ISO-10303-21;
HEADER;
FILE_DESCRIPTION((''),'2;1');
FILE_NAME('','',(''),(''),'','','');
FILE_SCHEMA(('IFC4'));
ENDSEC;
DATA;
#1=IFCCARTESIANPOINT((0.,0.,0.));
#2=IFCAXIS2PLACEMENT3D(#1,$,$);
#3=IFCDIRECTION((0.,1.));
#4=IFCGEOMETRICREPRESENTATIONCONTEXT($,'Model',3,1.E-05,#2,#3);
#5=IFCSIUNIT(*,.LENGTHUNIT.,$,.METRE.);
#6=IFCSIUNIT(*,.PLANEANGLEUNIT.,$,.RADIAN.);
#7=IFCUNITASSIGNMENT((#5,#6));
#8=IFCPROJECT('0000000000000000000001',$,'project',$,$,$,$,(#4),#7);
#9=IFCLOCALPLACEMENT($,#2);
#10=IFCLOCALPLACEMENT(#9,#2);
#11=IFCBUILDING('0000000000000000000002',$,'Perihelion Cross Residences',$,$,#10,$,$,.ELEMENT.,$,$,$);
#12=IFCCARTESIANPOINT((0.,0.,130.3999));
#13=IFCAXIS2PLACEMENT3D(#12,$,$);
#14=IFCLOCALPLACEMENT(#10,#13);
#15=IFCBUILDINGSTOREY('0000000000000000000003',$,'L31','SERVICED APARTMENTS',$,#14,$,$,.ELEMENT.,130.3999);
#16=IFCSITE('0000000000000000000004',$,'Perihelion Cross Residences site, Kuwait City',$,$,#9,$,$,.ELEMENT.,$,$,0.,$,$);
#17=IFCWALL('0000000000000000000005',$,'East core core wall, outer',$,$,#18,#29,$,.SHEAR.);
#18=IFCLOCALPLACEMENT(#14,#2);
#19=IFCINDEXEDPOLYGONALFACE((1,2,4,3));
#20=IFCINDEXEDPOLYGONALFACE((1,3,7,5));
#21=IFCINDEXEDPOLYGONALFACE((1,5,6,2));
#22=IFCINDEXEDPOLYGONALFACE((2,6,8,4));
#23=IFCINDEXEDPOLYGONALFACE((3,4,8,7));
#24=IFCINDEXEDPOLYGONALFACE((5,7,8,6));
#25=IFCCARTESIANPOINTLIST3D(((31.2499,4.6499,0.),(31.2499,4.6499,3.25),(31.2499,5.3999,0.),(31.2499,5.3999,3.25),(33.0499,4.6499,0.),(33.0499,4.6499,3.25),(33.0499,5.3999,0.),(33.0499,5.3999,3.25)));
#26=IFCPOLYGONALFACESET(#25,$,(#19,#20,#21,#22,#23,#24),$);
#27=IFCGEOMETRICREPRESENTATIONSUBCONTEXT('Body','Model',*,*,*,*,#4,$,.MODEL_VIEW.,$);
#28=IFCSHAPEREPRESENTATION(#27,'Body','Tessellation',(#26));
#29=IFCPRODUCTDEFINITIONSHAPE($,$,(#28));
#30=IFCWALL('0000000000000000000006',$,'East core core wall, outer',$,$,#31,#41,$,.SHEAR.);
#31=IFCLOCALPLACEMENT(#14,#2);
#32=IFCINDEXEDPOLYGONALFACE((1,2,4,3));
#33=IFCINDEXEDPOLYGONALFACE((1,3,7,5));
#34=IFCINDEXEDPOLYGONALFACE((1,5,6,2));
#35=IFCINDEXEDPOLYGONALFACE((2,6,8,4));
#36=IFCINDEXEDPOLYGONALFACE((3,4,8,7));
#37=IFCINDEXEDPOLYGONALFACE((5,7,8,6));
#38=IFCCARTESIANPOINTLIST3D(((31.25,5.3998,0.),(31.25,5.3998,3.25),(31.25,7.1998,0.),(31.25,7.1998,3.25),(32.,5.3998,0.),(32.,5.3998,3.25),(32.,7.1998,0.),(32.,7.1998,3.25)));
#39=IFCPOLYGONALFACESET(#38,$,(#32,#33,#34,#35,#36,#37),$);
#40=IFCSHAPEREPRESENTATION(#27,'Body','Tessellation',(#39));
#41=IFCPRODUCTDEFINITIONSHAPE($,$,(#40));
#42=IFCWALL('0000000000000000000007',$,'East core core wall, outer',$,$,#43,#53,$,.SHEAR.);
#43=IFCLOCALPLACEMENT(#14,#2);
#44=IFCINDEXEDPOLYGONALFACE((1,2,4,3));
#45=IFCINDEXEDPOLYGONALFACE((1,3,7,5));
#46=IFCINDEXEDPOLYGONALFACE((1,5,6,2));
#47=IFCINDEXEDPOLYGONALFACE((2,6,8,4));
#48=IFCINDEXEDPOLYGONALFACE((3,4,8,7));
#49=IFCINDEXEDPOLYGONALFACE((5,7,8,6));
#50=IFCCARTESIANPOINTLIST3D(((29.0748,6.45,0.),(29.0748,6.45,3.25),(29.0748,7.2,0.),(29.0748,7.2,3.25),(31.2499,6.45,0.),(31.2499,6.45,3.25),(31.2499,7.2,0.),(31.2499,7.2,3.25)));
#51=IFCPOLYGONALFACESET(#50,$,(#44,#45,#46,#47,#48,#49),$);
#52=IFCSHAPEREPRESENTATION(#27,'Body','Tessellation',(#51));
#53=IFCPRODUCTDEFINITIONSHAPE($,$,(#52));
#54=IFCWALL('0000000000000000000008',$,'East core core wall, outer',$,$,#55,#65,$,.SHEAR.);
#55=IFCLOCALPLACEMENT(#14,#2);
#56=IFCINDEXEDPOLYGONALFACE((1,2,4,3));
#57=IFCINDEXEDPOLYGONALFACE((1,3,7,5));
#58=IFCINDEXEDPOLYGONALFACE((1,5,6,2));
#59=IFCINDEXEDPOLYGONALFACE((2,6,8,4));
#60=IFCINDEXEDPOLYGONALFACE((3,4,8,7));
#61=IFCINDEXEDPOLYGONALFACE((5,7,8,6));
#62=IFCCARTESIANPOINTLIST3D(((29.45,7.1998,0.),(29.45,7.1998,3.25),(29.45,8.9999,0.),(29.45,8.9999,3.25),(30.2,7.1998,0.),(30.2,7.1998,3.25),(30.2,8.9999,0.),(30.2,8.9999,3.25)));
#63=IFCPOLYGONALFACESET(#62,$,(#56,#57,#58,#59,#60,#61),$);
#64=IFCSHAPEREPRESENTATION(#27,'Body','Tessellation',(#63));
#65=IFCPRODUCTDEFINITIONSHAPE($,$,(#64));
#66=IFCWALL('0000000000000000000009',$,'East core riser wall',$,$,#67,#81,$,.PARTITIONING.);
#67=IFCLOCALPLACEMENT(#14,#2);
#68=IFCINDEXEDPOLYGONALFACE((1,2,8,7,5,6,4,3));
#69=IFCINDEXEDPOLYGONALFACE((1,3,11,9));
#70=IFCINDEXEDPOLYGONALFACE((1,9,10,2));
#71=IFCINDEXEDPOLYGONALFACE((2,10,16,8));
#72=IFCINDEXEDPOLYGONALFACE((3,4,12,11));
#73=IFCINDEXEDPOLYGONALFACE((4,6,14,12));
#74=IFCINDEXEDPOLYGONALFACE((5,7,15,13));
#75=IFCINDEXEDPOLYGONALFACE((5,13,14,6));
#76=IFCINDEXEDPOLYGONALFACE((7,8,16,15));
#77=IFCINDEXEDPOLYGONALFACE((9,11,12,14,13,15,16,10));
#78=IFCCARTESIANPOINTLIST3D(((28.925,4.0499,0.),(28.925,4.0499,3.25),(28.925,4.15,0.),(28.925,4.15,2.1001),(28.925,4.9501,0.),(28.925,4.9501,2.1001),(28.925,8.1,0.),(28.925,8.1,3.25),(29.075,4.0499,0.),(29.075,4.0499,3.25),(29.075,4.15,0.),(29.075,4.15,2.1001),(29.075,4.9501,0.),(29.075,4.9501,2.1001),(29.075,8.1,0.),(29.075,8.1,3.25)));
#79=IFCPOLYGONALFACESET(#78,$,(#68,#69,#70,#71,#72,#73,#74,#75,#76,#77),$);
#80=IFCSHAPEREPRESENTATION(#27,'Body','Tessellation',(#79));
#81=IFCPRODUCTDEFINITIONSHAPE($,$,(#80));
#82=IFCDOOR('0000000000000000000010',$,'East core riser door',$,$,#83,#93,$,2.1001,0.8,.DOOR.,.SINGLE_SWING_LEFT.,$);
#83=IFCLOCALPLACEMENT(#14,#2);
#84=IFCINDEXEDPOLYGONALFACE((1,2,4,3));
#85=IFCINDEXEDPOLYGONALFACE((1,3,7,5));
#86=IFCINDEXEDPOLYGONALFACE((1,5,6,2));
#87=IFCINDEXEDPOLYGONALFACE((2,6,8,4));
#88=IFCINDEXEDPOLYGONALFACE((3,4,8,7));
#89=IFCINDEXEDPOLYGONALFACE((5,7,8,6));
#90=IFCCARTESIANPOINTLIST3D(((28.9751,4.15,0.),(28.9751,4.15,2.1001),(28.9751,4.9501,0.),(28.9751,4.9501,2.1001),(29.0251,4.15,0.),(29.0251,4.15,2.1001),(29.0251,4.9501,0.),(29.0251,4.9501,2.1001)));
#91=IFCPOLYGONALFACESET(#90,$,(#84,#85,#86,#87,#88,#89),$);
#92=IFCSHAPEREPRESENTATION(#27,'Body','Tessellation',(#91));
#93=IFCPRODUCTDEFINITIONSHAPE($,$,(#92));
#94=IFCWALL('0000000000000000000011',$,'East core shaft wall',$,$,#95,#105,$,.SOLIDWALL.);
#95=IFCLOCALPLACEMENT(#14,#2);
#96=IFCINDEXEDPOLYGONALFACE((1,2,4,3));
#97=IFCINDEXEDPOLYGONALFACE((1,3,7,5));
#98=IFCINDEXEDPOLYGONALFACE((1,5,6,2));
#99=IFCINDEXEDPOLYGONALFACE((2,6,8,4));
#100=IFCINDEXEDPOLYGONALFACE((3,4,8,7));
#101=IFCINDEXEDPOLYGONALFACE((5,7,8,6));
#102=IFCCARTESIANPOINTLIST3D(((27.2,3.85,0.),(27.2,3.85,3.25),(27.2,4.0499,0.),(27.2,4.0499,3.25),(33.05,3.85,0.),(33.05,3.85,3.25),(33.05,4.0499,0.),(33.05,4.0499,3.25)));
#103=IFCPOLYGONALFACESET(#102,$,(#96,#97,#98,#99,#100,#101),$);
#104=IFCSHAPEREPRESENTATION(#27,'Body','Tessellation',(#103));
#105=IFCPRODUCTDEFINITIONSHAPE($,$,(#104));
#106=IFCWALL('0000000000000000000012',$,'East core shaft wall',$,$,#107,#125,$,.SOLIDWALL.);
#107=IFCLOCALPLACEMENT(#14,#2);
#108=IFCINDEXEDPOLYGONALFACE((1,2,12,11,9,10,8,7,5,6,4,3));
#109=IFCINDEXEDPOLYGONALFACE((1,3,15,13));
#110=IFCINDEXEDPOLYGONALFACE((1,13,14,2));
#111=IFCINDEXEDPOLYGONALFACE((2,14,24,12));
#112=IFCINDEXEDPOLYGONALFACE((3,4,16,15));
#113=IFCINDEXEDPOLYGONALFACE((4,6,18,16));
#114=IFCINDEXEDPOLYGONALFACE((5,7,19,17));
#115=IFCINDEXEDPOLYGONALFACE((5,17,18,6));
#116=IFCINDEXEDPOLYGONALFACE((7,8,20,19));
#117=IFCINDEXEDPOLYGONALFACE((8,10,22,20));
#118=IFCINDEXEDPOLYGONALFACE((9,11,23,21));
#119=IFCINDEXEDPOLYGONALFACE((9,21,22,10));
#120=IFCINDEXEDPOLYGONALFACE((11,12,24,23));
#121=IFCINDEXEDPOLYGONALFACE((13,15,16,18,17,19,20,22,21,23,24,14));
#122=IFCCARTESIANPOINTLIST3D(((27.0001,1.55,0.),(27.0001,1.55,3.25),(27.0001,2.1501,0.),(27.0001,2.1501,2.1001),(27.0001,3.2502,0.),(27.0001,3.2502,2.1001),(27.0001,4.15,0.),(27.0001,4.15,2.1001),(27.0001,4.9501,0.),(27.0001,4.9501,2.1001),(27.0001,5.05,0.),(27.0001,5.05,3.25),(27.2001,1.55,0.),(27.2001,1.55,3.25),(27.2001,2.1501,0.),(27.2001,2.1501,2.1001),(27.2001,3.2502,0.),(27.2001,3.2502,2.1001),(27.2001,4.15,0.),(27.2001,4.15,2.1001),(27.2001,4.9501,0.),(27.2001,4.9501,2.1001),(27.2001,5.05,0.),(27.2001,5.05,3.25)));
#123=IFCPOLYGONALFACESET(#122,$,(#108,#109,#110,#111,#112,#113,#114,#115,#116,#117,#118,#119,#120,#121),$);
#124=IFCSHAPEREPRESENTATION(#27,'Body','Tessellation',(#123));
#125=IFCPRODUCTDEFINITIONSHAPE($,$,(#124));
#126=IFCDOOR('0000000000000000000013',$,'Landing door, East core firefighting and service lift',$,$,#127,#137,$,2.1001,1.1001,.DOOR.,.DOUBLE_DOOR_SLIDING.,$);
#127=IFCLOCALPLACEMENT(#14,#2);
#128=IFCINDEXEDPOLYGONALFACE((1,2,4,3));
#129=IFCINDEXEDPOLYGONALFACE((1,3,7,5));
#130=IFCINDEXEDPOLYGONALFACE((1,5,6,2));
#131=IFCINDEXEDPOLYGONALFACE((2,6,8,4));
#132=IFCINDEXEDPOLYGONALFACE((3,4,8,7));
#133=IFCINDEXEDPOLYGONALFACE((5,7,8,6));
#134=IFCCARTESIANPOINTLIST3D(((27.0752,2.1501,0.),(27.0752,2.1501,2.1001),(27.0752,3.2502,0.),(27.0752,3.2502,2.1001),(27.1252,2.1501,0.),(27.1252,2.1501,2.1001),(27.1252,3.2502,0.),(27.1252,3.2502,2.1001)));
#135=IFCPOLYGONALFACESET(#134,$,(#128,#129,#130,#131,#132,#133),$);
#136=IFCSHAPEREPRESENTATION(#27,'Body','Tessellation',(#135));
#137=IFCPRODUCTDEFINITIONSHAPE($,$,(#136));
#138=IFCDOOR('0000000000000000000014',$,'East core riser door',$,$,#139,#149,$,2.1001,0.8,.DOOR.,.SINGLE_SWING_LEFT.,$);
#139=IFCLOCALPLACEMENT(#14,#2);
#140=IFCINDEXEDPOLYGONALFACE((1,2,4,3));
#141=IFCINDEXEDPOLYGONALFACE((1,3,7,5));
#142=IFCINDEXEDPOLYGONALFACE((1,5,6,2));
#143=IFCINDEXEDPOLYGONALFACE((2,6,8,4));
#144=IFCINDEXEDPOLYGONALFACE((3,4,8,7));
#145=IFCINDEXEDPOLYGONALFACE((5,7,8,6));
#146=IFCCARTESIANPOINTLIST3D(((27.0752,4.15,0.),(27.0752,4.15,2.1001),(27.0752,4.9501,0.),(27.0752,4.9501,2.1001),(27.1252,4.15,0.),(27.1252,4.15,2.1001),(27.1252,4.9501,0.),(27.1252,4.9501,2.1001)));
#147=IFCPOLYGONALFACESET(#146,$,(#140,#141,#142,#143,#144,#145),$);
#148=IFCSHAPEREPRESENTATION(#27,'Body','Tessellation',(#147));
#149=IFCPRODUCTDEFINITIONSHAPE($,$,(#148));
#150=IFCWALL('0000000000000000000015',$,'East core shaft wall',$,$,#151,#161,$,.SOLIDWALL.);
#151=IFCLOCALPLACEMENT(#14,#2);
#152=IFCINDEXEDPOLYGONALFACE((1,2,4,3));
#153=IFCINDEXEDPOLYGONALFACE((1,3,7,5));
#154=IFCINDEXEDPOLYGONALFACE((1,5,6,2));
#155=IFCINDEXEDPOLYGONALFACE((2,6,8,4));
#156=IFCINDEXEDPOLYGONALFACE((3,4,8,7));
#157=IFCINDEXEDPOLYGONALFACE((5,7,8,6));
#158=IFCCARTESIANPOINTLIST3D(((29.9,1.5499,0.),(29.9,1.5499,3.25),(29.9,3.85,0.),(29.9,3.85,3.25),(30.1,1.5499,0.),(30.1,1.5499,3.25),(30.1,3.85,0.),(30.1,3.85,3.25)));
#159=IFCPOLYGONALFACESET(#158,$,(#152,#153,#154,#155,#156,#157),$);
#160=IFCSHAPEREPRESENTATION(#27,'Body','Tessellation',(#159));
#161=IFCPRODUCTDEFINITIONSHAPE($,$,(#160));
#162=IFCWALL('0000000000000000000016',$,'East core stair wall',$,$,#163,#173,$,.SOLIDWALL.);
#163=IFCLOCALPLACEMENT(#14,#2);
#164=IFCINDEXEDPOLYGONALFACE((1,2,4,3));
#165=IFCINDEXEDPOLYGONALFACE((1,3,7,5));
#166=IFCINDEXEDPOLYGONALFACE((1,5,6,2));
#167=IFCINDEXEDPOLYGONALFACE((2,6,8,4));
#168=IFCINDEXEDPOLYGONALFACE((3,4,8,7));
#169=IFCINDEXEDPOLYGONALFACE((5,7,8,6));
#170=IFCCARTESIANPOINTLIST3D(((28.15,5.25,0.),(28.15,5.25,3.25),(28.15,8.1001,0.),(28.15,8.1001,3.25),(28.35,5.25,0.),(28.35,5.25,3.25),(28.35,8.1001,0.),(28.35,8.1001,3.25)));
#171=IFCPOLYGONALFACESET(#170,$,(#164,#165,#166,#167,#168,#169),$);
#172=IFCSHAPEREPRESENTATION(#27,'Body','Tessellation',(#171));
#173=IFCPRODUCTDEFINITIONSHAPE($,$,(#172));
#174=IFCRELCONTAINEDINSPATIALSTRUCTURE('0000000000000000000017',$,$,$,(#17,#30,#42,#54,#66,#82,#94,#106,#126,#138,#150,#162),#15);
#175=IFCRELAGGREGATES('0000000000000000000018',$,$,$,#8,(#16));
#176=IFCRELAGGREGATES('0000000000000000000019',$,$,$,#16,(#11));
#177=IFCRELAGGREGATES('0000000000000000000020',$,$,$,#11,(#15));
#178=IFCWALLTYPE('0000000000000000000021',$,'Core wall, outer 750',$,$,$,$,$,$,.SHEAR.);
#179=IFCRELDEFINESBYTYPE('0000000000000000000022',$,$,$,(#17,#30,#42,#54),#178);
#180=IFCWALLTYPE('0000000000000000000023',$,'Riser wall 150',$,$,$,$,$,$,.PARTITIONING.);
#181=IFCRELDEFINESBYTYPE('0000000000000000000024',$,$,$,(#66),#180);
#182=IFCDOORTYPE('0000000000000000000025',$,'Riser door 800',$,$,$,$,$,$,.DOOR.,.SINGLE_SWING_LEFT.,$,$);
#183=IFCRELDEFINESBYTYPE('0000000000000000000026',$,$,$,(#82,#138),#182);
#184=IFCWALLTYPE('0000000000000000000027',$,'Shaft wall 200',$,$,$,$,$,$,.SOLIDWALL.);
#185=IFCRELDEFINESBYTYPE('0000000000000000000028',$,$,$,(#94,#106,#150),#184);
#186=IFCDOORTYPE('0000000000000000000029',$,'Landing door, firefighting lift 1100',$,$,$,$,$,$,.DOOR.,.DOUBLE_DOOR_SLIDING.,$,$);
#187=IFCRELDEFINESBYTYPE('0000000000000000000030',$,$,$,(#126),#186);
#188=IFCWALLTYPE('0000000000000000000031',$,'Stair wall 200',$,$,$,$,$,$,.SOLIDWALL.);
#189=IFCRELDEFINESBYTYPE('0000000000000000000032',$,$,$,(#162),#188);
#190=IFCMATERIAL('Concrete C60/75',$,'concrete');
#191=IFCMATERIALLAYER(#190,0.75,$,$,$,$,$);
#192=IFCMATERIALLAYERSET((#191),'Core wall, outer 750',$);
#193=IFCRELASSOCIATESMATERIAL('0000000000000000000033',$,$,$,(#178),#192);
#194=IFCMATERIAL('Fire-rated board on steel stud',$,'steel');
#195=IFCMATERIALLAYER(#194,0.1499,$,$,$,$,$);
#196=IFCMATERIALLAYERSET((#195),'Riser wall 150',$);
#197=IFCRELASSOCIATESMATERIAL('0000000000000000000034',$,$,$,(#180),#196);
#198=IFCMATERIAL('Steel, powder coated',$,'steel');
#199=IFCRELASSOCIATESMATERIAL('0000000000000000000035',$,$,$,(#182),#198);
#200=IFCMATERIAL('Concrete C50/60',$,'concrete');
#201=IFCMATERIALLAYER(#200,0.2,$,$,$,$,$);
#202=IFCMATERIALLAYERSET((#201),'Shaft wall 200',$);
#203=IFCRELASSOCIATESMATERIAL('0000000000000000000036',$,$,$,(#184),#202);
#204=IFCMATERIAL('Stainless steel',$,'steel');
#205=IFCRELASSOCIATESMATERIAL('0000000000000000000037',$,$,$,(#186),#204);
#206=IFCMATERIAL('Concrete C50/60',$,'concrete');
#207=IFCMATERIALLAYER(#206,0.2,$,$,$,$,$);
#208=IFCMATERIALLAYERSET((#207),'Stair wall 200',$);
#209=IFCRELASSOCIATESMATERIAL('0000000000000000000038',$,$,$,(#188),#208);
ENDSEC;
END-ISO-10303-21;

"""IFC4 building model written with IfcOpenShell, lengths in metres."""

from ifc_helpers import new_model, si_unit, direction, frame, frame_2d, origin, place, context, subcontext, project, spatial, rectangle, extrude, material, layer, layer_set, type_object, element, fill, save


model = new_model("IFC4")

# Units and contexts
model_context = context("Model", 3, precision=1e-05, world=origin(), true_north=direction((0.0, 1.0)))
body_context = subcontext(model_context, "Body", "Model", "MODEL_VIEW")
ifc_project = project(units=[si_unit("LENGTHUNIT", "METRE"), si_unit("PLANEANGLEUNIT", "RADIAN")], contexts=[model_context])

# Site, building, storey
site_placement = place(None, origin())
site = spatial("IfcSite", under=ifc_project, at=site_placement, Name="Perihelion Cross Residences site, Kuwait City", CompositionType="ELEMENT", RefElevation=0.0)
building_placement = place(site_placement, origin())
building = spatial("IfcBuilding", under=site, at=building_placement, Name="Perihelion Cross Residences", CompositionType="ELEMENT")
storey_placement = place(building_placement, frame((0.0, 0.0, 130.3999)))
storey = spatial("IfcBuildingStorey", under=building, at=storey_placement, Name="L31", Description="SERVICED APARTMENTS", CompositionType="ELEMENT", Elevation=130.3999)

# Walls
ifc_material_1 = material(Name="Concrete C60/75", Category="concrete")
ifc_layer_1 = layer(ifc_material_1, 0.75)
ifc_layer_set_1 = layer_set([ifc_layer_1], Name="Core wall, outer 750")
wall_type_1 = type_object("IfcWallType", Name="Core wall, outer 750", PredefinedType="SHEAR", material=ifc_layer_set_1)
for number, where, z_axis, x_axis, name in (
    (1, (31.25, 5.0249, 0.0), (0.0, 0.0, 1.0), (1.0, 0.0, 0.0), "East core core wall, outer"),
    (2, (31.625, 5.3999, 0.0), (0.0, 0.0, 1.0), (0.0, 1.0, 0.0), "East core core wall, outer"),
):
    element("IfcWall", number, at=place(storey_placement, frame(where, z_axis=z_axis, x_axis=x_axis)), inside=storey, type_object=wall_type_1, Name=name, PredefinedType="SHEAR", context=body_context, shape_type="SweptSolid", body=[
        extrude(rectangle(XDim=1.8, YDim=0.75, at=frame_2d((0.8999, 0.0))), origin(), (0.0, 0.0, 1.0), 3.25),
    ])
wall_1_placement = place(storey_placement, frame((29.075, 6.825, 0.0), z_axis=(0.0, 0.0, 1.0), x_axis=(1.0, 0.0, 0.0)))
element("IfcWall", 3, at=wall_1_placement, inside=storey, type_object=wall_type_1, Name="East core core wall, outer", PredefinedType="SHEAR", context=body_context, shape_type="SweptSolid", body=[
    extrude(rectangle(XDim=2.175, YDim=0.75, at=frame_2d((1.0874, 0.0))), origin(), (0.0, 0.0, 1.0), 3.25),
])
wall_2_placement = place(storey_placement, frame((29.825, 7.2, 0.0), z_axis=(0.0, 0.0, 1.0), x_axis=(0.0, 1.0, 0.0)))
element("IfcWall", 4, at=wall_2_placement, inside=storey, type_object=wall_type_1, Name="East core core wall, outer", PredefinedType="SHEAR", context=body_context, shape_type="SweptSolid", body=[
    extrude(rectangle(XDim=1.8, YDim=0.75, at=frame_2d((0.8999, 0.0))), origin(), (0.0, 0.0, 1.0), 3.25),
])

# Wall, opening, door
ifc_material_2 = material(Name="Fire-rated board on steel stud", Category="steel")
ifc_layer_2 = layer(ifc_material_2, 0.1499)
ifc_layer_set_2 = layer_set([ifc_layer_2], Name="Riser wall 150")
wall_type_2 = type_object("IfcWallType", Name="Riser wall 150", PredefinedType="PARTITIONING", material=ifc_layer_set_2)
wall_3_placement = place(storey_placement, frame((29.0, 4.05, 0.0), z_axis=(0.0, 0.0, 1.0), x_axis=(0.0, 1.0, 0.0)))
wall_3 = element("IfcWall", 5, at=wall_3_placement, inside=storey, type_object=wall_type_2, Name="East core riser wall", PredefinedType="PARTITIONING", context=body_context, shape_type="SweptSolid", body=[
    extrude(rectangle(XDim=4.05, YDim=0.1499, at=frame_2d((2.0249, 0.0))), origin(), (0.0, 0.0, 1.0), 3.25),
])
opening_1_placement = place(wall_3_placement, frame((0.1001, 0.0, 0.0)))
opening_1 = element("IfcOpeningElement", 6, at=opening_1_placement, cuts=wall_3, PredefinedType="OPENING", context=body_context, shape_type="SweptSolid", body=[
    extrude(rectangle(XDim=0.8, YDim=2.1001, at=frame_2d((0.3999, 1.05))), frame((0.0, 0.085, 0.0), z_axis=(0.0, -1.0, 0.0), x_axis=(1.0, 0.0, 0.0)), (0.0, 0.0, 1.0), 0.1699),
])
ifc_material_3 = material(Name="Steel, powder coated", Category="steel")
door_type_1 = type_object("IfcDoorType", Name="Riser door 800", OperationType="SINGLE_SWING_LEFT", PredefinedType="DOOR", material=ifc_material_3)
door_1_placement = place(opening_1_placement, origin())
door_1 = element("IfcDoor", 7, at=door_1_placement, inside=storey, type_object=door_type_1, Name="East core riser door", OperationType="SINGLE_SWING_LEFT", OverallHeight=2.1001, OverallWidth=0.8, PredefinedType="DOOR", context=body_context, shape_type="SweptSolid", body=[
    extrude(rectangle(XDim=0.8, YDim=2.1001, at=frame_2d((0.3999, 1.05))), frame((0.0, 0.0249, 0.0), z_axis=(0.0, -1.0, 0.0), x_axis=(1.0, 0.0, 0.0)), (0.0, 0.0, 1.0), 0.05),
])
fill(opening_1, door_1)

# Wall
ifc_material_4 = material(Name="Concrete C50/60", Category="concrete")
ifc_layer_3 = layer(ifc_material_4, 0.2)
ifc_layer_set_3 = layer_set([ifc_layer_3], Name="Shaft wall 200")
wall_type_3 = type_object("IfcWallType", Name="Shaft wall 200", PredefinedType="SOLIDWALL", material=ifc_layer_set_3)
wall_4_placement = place(storey_placement, frame((27.2, 3.95, 0.0), z_axis=(0.0, 0.0, 1.0), x_axis=(1.0, 0.0, 0.0)))
element("IfcWall", 8, at=wall_4_placement, inside=storey, type_object=wall_type_3, Name="East core shaft wall", PredefinedType="SOLIDWALL", context=body_context, shape_type="SweptSolid", body=[
    extrude(rectangle(XDim=5.8501, YDim=0.2, at=frame_2d((2.925, 0.0))), origin(), (0.0, 0.0, 1.0), 3.25),
])

# Wall, openings, doors
wall_5_placement = place(storey_placement, frame((27.1001, 1.55, 0.0), z_axis=(0.0, 0.0, 1.0), x_axis=(0.0, 1.0, 0.0)))
wall_5 = element("IfcWall", 9, at=wall_5_placement, inside=storey, type_object=wall_type_3, Name="East core shaft wall", PredefinedType="SOLIDWALL", context=body_context, shape_type="SweptSolid", body=[
    extrude(rectangle(XDim=3.5, YDim=0.2, at=frame_2d((1.75, 0.0))), origin(), (0.0, 0.0, 1.0), 3.25),
])
opening_2_placement = place(wall_5_placement, frame((0.6001, 0.0, 0.0)))
opening_2 = element("IfcOpeningElement", 10, at=opening_2_placement, cuts=wall_5, PredefinedType="OPENING", context=body_context, shape_type="SweptSolid", body=[
    extrude(rectangle(XDim=1.1001, YDim=2.1001, at=frame_2d((0.55, 1.05))), frame((0.0, 0.1099, 0.0), z_axis=(0.0, -1.0, 0.0), x_axis=(1.0, 0.0, 0.0)), (0.0, 0.0, 1.0), 0.22),
])
opening_3_placement = place(wall_5_placement, frame((2.6001, 0.0, 0.0)))
opening_3 = element("IfcOpeningElement", 11, at=opening_3_placement, cuts=wall_5, PredefinedType="OPENING", context=body_context, shape_type="SweptSolid", body=[
    extrude(rectangle(XDim=0.8, YDim=2.1001, at=frame_2d((0.3999, 1.05))), frame((0.0, 0.1099, 0.0), z_axis=(0.0, -1.0, 0.0), x_axis=(1.0, 0.0, 0.0)), (0.0, 0.0, 1.0), 0.22),
])
ifc_material_5 = material(Name="Stainless steel", Category="steel")
door_type_2 = type_object("IfcDoorType", Name="Landing door, firefighting lift 1100", OperationType="DOUBLE_DOOR_SLIDING", PredefinedType="DOOR", material=ifc_material_5)
door_2_placement = place(opening_2_placement, origin())
door_2 = element("IfcDoor", 12, at=door_2_placement, inside=storey, type_object=door_type_2, Name="Landing door, East core firefighting and service lift", OperationType="DOUBLE_DOOR_SLIDING", OverallHeight=2.1001, OverallWidth=1.1001, PredefinedType="DOOR", context=body_context, shape_type="SweptSolid", body=[
    extrude(rectangle(XDim=1.1001, YDim=2.1001, at=frame_2d((0.55, 1.05))), frame((0.0, 0.0249, 0.0), z_axis=(0.0, -1.0, 0.0), x_axis=(1.0, 0.0, 0.0)), (0.0, 0.0, 1.0), 0.05),
])
fill(opening_2, door_2)
door_3_placement = place(opening_3_placement, origin())
door_3 = element("IfcDoor", 13, at=door_3_placement, inside=storey, type_object=door_type_1, Name="East core riser door", OperationType="SINGLE_SWING_LEFT", OverallHeight=2.1001, OverallWidth=0.8, PredefinedType="DOOR", context=body_context, shape_type="SweptSolid", body=[
    extrude(rectangle(XDim=0.8, YDim=2.1001, at=frame_2d((0.3999, 1.05))), frame((0.0, 0.0249, 0.0), z_axis=(0.0, -1.0, 0.0), x_axis=(1.0, 0.0, 0.0)), (0.0, 0.0, 1.0), 0.05),
])
fill(opening_3, door_3)

# Walls
wall_6_placement = place(storey_placement, frame((30.0, 1.55, 0.0), z_axis=(0.0, 0.0, 1.0), x_axis=(0.0, 1.0, 0.0)))
element("IfcWall", 14, at=wall_6_placement, inside=storey, type_object=wall_type_3, Name="East core shaft wall", PredefinedType="SOLIDWALL", context=body_context, shape_type="SweptSolid", body=[
    extrude(rectangle(XDim=2.3, YDim=0.2, at=frame_2d((1.1499, 0.0))), origin(), (0.0, 0.0, 1.0), 3.25),
])
ifc_material_6 = material(Name="Concrete C50/60", Category="concrete")
ifc_layer_4 = layer(ifc_material_6, 0.2)
ifc_layer_set_4 = layer_set([ifc_layer_4], Name="Stair wall 200")
wall_type_4 = type_object("IfcWallType", Name="Stair wall 200", PredefinedType="SOLIDWALL", material=ifc_layer_set_4)
wall_7_placement = place(storey_placement, frame((28.25, 5.25, 0.0), z_axis=(0.0, 0.0, 1.0), x_axis=(0.0, 1.0, 0.0)))
element("IfcWall", 15, at=wall_7_placement, inside=storey, type_object=wall_type_4, Name="East core stair wall", PredefinedType="SOLIDWALL", context=body_context, shape_type="SweptSolid", body=[
    extrude(rectangle(XDim=2.8501, YDim=0.2, at=frame_2d((1.425, 0.0))), origin(), (0.0, 0.0, 1.0), 3.25),
])

save(model, "model.ifc")
